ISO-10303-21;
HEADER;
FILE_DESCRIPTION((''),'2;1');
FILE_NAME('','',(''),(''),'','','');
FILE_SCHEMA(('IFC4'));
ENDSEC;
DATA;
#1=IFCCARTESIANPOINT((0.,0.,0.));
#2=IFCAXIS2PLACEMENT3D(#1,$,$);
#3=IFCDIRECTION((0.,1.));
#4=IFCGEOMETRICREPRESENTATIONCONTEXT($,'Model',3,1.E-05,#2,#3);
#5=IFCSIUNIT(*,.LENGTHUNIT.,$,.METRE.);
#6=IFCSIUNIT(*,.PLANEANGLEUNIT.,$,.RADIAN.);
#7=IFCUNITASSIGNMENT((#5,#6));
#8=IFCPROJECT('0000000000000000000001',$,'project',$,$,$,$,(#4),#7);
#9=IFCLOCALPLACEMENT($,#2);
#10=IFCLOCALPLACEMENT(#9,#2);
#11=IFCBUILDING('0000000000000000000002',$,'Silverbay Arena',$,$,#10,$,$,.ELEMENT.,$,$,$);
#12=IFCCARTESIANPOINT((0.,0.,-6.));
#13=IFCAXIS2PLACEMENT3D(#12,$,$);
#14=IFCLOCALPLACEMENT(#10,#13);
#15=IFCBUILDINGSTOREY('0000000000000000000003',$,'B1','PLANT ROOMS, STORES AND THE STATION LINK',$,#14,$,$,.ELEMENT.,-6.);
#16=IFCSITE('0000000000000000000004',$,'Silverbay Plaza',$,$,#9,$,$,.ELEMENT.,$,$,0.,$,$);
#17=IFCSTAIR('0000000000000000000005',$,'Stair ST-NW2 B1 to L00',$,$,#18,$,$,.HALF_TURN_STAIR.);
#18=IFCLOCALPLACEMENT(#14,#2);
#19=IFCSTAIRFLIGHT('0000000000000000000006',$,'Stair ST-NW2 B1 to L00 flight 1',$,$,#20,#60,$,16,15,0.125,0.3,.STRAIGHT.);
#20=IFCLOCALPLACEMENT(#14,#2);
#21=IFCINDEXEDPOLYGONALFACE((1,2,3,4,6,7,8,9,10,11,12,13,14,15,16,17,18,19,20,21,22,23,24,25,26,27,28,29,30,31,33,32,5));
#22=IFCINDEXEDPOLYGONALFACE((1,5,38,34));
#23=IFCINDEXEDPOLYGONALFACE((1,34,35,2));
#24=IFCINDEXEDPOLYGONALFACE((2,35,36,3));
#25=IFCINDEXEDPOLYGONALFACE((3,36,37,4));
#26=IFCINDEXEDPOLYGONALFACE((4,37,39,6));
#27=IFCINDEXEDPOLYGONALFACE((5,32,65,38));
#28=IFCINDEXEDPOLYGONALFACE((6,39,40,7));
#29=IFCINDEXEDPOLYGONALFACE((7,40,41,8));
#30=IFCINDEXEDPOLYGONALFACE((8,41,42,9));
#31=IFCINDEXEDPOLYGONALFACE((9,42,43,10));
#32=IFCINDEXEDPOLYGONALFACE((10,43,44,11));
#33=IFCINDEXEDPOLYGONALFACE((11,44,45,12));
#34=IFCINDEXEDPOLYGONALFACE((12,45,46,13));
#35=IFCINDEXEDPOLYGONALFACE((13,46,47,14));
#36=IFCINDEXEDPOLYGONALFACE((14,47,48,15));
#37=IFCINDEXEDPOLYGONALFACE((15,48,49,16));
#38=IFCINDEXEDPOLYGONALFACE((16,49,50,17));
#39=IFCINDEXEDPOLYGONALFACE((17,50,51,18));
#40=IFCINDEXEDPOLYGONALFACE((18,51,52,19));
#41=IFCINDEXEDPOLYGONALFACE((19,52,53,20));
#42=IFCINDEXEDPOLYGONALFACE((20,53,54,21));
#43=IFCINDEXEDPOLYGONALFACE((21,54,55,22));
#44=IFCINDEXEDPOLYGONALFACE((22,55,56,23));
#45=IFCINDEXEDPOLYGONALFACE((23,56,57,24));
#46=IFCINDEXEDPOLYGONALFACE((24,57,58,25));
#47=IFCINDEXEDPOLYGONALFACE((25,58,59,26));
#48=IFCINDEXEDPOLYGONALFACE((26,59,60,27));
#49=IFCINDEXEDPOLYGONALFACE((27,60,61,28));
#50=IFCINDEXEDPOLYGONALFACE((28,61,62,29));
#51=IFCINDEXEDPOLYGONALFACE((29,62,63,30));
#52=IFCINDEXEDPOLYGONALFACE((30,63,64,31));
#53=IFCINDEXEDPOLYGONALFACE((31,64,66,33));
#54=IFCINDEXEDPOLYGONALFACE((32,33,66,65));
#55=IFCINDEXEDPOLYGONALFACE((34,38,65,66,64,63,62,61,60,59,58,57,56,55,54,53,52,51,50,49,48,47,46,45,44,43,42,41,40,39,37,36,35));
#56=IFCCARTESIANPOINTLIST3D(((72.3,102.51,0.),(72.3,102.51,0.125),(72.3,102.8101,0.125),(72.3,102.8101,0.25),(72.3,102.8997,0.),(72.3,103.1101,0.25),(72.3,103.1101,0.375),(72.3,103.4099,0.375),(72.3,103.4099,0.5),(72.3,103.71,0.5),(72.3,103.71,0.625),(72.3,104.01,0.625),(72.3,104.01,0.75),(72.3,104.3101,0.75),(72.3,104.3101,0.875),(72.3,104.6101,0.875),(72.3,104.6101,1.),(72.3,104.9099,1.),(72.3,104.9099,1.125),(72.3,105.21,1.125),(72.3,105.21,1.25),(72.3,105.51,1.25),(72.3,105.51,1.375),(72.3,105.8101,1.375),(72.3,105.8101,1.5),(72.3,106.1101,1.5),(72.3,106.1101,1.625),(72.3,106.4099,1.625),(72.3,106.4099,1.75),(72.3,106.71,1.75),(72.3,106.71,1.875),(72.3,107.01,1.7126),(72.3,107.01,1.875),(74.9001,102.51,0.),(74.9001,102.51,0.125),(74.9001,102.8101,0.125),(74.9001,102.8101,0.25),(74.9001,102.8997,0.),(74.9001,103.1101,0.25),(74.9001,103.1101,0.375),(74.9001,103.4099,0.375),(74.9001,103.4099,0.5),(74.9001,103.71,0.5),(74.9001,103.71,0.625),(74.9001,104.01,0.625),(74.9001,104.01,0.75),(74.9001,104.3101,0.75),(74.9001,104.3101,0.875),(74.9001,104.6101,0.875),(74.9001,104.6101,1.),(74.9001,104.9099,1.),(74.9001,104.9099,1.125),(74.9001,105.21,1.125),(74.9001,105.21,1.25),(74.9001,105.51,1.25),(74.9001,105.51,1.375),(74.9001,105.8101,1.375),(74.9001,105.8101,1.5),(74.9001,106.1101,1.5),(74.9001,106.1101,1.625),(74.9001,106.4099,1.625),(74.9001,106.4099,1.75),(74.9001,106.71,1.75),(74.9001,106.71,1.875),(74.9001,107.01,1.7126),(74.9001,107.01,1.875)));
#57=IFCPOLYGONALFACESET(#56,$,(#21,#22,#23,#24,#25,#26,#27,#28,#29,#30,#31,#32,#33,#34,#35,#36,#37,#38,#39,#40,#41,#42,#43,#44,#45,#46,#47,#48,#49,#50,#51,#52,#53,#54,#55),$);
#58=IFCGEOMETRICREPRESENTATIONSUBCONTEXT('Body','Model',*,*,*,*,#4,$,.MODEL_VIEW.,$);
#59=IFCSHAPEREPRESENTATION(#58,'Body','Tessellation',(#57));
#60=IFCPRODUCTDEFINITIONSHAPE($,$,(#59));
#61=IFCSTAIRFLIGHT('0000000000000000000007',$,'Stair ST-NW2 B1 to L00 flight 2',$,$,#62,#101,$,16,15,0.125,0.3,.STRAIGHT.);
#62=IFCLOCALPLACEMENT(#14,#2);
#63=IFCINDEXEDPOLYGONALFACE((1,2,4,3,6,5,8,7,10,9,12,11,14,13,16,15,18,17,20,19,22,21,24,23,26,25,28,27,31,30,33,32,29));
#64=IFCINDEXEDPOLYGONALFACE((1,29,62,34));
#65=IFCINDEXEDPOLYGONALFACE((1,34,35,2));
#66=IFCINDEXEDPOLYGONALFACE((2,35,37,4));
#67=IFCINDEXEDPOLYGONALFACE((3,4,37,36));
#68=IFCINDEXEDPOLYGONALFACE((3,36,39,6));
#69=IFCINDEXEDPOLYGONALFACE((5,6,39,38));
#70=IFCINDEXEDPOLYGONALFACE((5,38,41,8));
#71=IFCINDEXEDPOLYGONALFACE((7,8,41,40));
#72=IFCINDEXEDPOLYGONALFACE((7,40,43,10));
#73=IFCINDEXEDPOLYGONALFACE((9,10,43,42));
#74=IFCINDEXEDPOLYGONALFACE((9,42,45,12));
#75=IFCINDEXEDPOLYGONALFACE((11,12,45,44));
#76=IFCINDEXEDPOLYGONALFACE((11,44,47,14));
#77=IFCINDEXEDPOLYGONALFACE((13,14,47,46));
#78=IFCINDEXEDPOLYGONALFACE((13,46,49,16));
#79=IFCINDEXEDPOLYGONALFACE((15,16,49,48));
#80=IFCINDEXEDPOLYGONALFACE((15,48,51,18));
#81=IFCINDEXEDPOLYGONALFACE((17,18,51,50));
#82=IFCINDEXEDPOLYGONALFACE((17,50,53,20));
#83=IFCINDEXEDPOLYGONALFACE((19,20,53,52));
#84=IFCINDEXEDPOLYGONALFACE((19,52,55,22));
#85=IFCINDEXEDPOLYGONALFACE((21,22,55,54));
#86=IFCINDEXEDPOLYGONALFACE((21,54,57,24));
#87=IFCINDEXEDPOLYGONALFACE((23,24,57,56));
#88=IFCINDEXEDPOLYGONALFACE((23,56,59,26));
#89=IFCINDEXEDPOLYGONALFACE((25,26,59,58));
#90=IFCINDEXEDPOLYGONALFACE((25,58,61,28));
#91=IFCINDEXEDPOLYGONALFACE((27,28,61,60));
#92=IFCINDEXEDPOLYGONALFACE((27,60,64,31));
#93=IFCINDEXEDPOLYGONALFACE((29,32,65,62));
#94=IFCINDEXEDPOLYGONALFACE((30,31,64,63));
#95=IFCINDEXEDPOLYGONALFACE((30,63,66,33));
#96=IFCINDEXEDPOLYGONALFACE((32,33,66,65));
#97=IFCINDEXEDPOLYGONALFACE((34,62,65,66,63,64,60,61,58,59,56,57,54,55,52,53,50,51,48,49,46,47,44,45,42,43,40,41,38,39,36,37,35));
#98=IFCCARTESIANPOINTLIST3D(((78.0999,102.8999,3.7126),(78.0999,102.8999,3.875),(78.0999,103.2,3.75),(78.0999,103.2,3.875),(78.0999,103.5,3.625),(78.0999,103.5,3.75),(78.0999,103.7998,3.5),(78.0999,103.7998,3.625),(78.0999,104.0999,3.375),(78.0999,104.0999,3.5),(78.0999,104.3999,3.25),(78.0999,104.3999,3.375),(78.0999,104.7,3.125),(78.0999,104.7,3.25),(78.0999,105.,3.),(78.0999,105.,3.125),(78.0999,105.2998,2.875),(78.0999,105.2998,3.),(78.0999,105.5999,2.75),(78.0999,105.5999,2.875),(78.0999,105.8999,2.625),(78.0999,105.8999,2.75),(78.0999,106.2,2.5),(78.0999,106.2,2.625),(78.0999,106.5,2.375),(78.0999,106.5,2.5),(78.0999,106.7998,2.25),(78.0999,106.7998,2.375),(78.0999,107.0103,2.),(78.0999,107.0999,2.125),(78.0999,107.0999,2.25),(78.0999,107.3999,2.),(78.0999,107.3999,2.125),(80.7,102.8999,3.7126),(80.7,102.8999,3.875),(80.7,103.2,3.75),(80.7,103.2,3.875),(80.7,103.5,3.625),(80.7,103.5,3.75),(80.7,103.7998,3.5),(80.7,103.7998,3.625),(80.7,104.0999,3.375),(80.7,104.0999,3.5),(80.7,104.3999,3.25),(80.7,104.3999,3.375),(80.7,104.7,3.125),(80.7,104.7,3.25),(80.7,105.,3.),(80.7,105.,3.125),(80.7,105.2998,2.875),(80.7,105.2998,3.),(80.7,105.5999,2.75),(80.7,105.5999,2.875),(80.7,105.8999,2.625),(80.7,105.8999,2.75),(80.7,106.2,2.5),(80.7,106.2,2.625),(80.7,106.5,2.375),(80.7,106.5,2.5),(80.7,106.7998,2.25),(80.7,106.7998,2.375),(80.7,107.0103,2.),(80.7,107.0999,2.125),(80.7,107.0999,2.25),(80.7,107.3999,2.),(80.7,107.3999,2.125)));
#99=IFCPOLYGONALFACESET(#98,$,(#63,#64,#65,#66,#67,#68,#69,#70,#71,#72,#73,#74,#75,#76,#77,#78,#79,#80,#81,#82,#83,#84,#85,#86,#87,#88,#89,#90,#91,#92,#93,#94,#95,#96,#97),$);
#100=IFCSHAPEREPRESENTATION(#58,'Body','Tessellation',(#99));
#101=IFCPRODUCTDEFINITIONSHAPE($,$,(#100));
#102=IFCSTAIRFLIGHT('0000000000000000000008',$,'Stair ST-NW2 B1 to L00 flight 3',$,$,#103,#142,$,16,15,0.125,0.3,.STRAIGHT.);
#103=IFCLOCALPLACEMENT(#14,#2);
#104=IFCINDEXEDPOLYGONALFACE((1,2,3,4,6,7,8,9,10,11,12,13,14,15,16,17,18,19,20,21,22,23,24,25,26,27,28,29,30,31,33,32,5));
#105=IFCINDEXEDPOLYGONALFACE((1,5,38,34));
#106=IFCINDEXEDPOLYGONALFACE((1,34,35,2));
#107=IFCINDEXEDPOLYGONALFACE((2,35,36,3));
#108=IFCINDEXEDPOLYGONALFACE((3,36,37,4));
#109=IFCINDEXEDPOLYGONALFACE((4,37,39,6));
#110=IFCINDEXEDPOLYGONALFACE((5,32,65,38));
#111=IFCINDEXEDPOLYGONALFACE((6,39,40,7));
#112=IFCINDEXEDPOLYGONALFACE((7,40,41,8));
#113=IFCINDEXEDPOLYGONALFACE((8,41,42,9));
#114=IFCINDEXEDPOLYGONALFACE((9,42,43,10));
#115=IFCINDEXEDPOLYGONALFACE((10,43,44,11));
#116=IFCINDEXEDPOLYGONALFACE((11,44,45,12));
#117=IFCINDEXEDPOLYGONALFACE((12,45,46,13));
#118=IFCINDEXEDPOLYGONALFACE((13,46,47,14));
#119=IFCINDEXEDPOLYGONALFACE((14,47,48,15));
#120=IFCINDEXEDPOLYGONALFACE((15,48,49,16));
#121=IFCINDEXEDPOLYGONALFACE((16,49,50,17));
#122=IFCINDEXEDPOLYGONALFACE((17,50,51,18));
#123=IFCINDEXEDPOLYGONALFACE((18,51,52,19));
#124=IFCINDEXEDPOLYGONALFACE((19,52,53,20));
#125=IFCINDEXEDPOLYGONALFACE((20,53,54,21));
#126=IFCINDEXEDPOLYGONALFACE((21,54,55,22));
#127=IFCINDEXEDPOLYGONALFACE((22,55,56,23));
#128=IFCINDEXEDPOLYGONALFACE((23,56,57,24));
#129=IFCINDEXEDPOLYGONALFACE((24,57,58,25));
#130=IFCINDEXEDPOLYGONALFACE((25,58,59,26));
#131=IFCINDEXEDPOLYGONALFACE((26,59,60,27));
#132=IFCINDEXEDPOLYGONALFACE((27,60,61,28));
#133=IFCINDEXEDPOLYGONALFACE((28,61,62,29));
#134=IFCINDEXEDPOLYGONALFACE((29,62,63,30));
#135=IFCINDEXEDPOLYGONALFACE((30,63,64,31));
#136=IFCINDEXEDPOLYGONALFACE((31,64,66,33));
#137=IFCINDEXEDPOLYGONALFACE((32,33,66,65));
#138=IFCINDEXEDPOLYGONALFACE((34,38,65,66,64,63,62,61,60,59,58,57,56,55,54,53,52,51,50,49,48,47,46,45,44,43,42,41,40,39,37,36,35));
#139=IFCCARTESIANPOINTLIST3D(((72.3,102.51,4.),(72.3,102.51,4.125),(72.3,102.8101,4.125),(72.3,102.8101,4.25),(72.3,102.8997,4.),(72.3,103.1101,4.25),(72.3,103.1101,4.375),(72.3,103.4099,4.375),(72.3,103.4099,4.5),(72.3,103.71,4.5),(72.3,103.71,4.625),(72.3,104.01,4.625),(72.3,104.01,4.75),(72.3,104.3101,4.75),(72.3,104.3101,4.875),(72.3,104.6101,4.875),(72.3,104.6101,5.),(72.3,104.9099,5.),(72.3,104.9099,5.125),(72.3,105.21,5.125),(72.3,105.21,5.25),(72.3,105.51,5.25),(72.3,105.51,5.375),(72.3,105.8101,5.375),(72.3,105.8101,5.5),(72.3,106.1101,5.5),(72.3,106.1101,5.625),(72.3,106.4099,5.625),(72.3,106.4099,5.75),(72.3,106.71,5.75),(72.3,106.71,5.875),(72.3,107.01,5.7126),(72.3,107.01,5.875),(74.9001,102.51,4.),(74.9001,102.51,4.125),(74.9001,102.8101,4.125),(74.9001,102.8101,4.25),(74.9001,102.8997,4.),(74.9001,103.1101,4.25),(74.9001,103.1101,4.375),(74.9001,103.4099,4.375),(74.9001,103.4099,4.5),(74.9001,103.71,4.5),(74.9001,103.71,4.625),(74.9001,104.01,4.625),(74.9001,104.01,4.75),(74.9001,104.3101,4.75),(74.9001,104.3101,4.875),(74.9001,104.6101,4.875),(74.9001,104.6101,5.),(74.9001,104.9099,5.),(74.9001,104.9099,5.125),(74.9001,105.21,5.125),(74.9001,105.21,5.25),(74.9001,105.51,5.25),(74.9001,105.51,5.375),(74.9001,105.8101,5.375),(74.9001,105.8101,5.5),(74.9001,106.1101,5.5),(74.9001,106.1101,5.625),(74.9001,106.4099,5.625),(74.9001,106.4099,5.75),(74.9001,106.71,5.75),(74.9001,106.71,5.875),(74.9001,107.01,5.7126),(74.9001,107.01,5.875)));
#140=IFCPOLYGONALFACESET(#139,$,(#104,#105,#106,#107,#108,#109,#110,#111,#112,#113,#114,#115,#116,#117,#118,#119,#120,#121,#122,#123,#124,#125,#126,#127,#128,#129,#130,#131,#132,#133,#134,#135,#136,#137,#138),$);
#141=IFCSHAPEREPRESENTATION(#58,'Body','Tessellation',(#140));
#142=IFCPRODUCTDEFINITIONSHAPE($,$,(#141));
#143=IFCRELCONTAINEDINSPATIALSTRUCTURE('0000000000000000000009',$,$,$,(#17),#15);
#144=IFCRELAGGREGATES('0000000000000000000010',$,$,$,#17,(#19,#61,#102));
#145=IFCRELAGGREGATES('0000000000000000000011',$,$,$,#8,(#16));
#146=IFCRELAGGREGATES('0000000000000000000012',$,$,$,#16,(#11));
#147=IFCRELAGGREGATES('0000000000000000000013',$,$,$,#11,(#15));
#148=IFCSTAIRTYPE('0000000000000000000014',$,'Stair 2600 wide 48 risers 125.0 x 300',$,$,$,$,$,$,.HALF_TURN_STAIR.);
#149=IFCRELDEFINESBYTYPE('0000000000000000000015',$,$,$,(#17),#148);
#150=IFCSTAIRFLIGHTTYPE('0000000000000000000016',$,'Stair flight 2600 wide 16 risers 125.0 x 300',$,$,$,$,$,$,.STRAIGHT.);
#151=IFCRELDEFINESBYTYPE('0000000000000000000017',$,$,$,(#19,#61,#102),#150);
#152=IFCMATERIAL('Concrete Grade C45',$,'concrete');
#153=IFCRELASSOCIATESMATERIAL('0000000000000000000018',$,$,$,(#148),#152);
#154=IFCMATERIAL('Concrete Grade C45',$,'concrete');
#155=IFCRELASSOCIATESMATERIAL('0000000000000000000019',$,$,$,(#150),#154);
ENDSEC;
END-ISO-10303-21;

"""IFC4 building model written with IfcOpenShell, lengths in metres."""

from ifc_helpers import new_model, si_unit, direction, frame, origin, place, context, subcontext, project, spatial, polyline, outline, extrude, material, type_object, element, aggregate, save


model = new_model("IFC4")

# Units and contexts
model_context = context("Model", 3, precision=1e-05, world=origin(), true_north=direction((0.0, 1.0)))
body_context = subcontext(model_context, "Body", "Model", "MODEL_VIEW")
ifc_project = project(units=[si_unit("LENGTHUNIT", "METRE"), si_unit("PLANEANGLEUNIT", "RADIAN")], contexts=[model_context])

# Site, building, storey
site_placement = place(None, origin())
site = spatial("IfcSite", under=ifc_project, at=site_placement, Name="Silverbay Plaza", CompositionType="ELEMENT", RefElevation=0.0)
building_placement = place(site_placement, origin())
building = spatial("IfcBuilding", under=site, at=building_placement, Name="Silverbay Arena", CompositionType="ELEMENT")
storey_placement = place(building_placement, frame((0.0, 0.0, -6.0)))
storey = spatial("IfcBuildingStorey", under=building, at=storey_placement, Name="B1", Description="PLANT ROOMS, STORES AND THE STATION LINK", CompositionType="ELEMENT", Elevation=-6.0)

# Stair, stair flights
ifc_material_1 = material(Name="Concrete Grade C45", Category="concrete")
stair_type = type_object("IfcStairType", Name="Stair 2600 wide 48 risers 125.0 x 300", PredefinedType="HALF_TURN_STAIR", material=ifc_material_1)
stair_placement = place(storey_placement, origin())
stair = element("IfcStair", 1, at=stair_placement, inside=storey, type_object=stair_type, Name="Stair ST-NW2 B1 to L00", PredefinedType="HALF_TURN_STAIR")
ifc_material_2 = material(Name="Concrete Grade C45", Category="concrete")
stair_flight_type = type_object("IfcStairFlightType", Name="Stair flight 2600 wide 16 risers 125.0 x 300", PredefinedType="STRAIGHT", material=ifc_material_2)
stair_flight_1_placement = place(storey_placement, frame((73.6001, 102.51, 0.0), z_axis=(0.0, 0.0, 1.0), x_axis=(0.0, 1.0, 0.0)))
stair_flight_1 = element("IfcStairFlight", 2, at=stair_flight_1_placement, type_object=stair_flight_type, Name="Stair ST-NW2 B1 to L00 flight 1", NumberOfRisers=16, NumberOfTreads=15, PredefinedType="STRAIGHT", RiserHeight=0.125, TreadLength=0.3, context=body_context, shape_type="SweptSolid", body=[
    extrude(outline(polyline([(0.0, 0.0), (0.0, 0.125), (0.3, 0.125), (0.3, 0.25), (0.6001, 0.25), (0.6001, 0.375), (0.8999, 0.375), (0.8999, 0.5), (1.2, 0.5), (1.2, 0.625), (1.5, 0.625), (1.5, 0.75), (1.8, 0.75), (1.8, 0.875), (2.1001, 0.875), (2.1001, 1.0), (2.3999, 1.0), (2.3999, 1.125), (2.7, 1.125), (2.7, 1.25), (3.0, 1.25), (3.0, 1.375), (3.3, 1.375), (3.3, 1.5), (3.6001, 1.5), (3.6001, 1.625), (3.8999, 1.625), (3.8999, 1.75), (4.2, 1.75), (4.2, 1.875), (4.5, 1.875), (4.5, 1.7126), (0.3896, 0.0), (0.0, 0.0)])), frame((0.0, 1.3, 0.0), z_axis=(0.0, -1.0, 0.0), x_axis=(1.0, 0.0, 0.0)), (0.0, 0.0, 1.0), 2.6001),
])
stair_flight_2_placement = place(storey_placement, frame((79.3999, 107.3999, 2.0), z_axis=(0.0, 0.0, 1.0), x_axis=(0.0, -1.0, 0.0)))
stair_flight_2 = element("IfcStairFlight", 3, at=stair_flight_2_placement, type_object=stair_flight_type, Name="Stair ST-NW2 B1 to L00 flight 2", NumberOfRisers=16, NumberOfTreads=15, PredefinedType="STRAIGHT", RiserHeight=0.125, TreadLength=0.3, context=body_context, shape_type="SweptSolid", body=[
    extrude(outline(polyline([(0.0, 0.0), (0.0, 0.125), (0.3, 0.125), (0.3, 0.25), (0.6001, 0.25), (0.6001, 0.375), (0.8999, 0.375), (0.8999, 0.5), (1.2, 0.5), (1.2, 0.625), (1.5, 0.625), (1.5, 0.75), (1.8, 0.75), (1.8, 0.875), (2.1001, 0.875), (2.1001, 1.0), (2.3999, 1.0), (2.3999, 1.125), (2.7, 1.125), (2.7, 1.25), (3.0, 1.25), (3.0, 1.375), (3.3, 1.375), (3.3, 1.5), (3.6001, 1.5), (3.6001, 1.625), (3.8999, 1.625), (3.8999, 1.75), (4.2, 1.75), (4.2, 1.875), (4.5, 1.875), (4.5, 1.7126), (0.3896, 0.0), (0.0, 0.0)])), frame((0.0, 1.3, 0.0), z_axis=(0.0, -1.0, 0.0), x_axis=(1.0, 0.0, 0.0)), (0.0, 0.0, 1.0), 2.6001),
])
stair_flight_3_placement = place(storey_placement, frame((73.6001, 102.51, 4.0), z_axis=(0.0, 0.0, 1.0), x_axis=(0.0, 1.0, 0.0)))
stair_flight_3 = element("IfcStairFlight", 4, at=stair_flight_3_placement, type_object=stair_flight_type, Name="Stair ST-NW2 B1 to L00 flight 3", NumberOfRisers=16, NumberOfTreads=15, PredefinedType="STRAIGHT", RiserHeight=0.125, TreadLength=0.3, context=body_context, shape_type="SweptSolid", body=[
    extrude(outline(polyline([(0.0, 0.0), (0.0, 0.125), (0.3, 0.125), (0.3, 0.25), (0.6001, 0.25), (0.6001, 0.375), (0.8999, 0.375), (0.8999, 0.5), (1.2, 0.5), (1.2, 0.625), (1.5, 0.625), (1.5, 0.75), (1.8, 0.75), (1.8, 0.875), (2.1001, 0.875), (2.1001, 1.0), (2.3999, 1.0), (2.3999, 1.125), (2.7, 1.125), (2.7, 1.25), (3.0, 1.25), (3.0, 1.375), (3.3, 1.375), (3.3, 1.5), (3.6001, 1.5), (3.6001, 1.625), (3.8999, 1.625), (3.8999, 1.75), (4.2, 1.75), (4.2, 1.875), (4.5, 1.875), (4.5, 1.7126), (0.3896, 0.0), (0.0, 0.0)])), frame((0.0, 1.3, 0.0), z_axis=(0.0, -1.0, 0.0), x_axis=(1.0, 0.0, 0.0)), (0.0, 0.0, 1.0), 2.6001),
])
aggregate(stair, [stair_flight_1, stair_flight_2, stair_flight_3])

save(model, "model.ifc")
